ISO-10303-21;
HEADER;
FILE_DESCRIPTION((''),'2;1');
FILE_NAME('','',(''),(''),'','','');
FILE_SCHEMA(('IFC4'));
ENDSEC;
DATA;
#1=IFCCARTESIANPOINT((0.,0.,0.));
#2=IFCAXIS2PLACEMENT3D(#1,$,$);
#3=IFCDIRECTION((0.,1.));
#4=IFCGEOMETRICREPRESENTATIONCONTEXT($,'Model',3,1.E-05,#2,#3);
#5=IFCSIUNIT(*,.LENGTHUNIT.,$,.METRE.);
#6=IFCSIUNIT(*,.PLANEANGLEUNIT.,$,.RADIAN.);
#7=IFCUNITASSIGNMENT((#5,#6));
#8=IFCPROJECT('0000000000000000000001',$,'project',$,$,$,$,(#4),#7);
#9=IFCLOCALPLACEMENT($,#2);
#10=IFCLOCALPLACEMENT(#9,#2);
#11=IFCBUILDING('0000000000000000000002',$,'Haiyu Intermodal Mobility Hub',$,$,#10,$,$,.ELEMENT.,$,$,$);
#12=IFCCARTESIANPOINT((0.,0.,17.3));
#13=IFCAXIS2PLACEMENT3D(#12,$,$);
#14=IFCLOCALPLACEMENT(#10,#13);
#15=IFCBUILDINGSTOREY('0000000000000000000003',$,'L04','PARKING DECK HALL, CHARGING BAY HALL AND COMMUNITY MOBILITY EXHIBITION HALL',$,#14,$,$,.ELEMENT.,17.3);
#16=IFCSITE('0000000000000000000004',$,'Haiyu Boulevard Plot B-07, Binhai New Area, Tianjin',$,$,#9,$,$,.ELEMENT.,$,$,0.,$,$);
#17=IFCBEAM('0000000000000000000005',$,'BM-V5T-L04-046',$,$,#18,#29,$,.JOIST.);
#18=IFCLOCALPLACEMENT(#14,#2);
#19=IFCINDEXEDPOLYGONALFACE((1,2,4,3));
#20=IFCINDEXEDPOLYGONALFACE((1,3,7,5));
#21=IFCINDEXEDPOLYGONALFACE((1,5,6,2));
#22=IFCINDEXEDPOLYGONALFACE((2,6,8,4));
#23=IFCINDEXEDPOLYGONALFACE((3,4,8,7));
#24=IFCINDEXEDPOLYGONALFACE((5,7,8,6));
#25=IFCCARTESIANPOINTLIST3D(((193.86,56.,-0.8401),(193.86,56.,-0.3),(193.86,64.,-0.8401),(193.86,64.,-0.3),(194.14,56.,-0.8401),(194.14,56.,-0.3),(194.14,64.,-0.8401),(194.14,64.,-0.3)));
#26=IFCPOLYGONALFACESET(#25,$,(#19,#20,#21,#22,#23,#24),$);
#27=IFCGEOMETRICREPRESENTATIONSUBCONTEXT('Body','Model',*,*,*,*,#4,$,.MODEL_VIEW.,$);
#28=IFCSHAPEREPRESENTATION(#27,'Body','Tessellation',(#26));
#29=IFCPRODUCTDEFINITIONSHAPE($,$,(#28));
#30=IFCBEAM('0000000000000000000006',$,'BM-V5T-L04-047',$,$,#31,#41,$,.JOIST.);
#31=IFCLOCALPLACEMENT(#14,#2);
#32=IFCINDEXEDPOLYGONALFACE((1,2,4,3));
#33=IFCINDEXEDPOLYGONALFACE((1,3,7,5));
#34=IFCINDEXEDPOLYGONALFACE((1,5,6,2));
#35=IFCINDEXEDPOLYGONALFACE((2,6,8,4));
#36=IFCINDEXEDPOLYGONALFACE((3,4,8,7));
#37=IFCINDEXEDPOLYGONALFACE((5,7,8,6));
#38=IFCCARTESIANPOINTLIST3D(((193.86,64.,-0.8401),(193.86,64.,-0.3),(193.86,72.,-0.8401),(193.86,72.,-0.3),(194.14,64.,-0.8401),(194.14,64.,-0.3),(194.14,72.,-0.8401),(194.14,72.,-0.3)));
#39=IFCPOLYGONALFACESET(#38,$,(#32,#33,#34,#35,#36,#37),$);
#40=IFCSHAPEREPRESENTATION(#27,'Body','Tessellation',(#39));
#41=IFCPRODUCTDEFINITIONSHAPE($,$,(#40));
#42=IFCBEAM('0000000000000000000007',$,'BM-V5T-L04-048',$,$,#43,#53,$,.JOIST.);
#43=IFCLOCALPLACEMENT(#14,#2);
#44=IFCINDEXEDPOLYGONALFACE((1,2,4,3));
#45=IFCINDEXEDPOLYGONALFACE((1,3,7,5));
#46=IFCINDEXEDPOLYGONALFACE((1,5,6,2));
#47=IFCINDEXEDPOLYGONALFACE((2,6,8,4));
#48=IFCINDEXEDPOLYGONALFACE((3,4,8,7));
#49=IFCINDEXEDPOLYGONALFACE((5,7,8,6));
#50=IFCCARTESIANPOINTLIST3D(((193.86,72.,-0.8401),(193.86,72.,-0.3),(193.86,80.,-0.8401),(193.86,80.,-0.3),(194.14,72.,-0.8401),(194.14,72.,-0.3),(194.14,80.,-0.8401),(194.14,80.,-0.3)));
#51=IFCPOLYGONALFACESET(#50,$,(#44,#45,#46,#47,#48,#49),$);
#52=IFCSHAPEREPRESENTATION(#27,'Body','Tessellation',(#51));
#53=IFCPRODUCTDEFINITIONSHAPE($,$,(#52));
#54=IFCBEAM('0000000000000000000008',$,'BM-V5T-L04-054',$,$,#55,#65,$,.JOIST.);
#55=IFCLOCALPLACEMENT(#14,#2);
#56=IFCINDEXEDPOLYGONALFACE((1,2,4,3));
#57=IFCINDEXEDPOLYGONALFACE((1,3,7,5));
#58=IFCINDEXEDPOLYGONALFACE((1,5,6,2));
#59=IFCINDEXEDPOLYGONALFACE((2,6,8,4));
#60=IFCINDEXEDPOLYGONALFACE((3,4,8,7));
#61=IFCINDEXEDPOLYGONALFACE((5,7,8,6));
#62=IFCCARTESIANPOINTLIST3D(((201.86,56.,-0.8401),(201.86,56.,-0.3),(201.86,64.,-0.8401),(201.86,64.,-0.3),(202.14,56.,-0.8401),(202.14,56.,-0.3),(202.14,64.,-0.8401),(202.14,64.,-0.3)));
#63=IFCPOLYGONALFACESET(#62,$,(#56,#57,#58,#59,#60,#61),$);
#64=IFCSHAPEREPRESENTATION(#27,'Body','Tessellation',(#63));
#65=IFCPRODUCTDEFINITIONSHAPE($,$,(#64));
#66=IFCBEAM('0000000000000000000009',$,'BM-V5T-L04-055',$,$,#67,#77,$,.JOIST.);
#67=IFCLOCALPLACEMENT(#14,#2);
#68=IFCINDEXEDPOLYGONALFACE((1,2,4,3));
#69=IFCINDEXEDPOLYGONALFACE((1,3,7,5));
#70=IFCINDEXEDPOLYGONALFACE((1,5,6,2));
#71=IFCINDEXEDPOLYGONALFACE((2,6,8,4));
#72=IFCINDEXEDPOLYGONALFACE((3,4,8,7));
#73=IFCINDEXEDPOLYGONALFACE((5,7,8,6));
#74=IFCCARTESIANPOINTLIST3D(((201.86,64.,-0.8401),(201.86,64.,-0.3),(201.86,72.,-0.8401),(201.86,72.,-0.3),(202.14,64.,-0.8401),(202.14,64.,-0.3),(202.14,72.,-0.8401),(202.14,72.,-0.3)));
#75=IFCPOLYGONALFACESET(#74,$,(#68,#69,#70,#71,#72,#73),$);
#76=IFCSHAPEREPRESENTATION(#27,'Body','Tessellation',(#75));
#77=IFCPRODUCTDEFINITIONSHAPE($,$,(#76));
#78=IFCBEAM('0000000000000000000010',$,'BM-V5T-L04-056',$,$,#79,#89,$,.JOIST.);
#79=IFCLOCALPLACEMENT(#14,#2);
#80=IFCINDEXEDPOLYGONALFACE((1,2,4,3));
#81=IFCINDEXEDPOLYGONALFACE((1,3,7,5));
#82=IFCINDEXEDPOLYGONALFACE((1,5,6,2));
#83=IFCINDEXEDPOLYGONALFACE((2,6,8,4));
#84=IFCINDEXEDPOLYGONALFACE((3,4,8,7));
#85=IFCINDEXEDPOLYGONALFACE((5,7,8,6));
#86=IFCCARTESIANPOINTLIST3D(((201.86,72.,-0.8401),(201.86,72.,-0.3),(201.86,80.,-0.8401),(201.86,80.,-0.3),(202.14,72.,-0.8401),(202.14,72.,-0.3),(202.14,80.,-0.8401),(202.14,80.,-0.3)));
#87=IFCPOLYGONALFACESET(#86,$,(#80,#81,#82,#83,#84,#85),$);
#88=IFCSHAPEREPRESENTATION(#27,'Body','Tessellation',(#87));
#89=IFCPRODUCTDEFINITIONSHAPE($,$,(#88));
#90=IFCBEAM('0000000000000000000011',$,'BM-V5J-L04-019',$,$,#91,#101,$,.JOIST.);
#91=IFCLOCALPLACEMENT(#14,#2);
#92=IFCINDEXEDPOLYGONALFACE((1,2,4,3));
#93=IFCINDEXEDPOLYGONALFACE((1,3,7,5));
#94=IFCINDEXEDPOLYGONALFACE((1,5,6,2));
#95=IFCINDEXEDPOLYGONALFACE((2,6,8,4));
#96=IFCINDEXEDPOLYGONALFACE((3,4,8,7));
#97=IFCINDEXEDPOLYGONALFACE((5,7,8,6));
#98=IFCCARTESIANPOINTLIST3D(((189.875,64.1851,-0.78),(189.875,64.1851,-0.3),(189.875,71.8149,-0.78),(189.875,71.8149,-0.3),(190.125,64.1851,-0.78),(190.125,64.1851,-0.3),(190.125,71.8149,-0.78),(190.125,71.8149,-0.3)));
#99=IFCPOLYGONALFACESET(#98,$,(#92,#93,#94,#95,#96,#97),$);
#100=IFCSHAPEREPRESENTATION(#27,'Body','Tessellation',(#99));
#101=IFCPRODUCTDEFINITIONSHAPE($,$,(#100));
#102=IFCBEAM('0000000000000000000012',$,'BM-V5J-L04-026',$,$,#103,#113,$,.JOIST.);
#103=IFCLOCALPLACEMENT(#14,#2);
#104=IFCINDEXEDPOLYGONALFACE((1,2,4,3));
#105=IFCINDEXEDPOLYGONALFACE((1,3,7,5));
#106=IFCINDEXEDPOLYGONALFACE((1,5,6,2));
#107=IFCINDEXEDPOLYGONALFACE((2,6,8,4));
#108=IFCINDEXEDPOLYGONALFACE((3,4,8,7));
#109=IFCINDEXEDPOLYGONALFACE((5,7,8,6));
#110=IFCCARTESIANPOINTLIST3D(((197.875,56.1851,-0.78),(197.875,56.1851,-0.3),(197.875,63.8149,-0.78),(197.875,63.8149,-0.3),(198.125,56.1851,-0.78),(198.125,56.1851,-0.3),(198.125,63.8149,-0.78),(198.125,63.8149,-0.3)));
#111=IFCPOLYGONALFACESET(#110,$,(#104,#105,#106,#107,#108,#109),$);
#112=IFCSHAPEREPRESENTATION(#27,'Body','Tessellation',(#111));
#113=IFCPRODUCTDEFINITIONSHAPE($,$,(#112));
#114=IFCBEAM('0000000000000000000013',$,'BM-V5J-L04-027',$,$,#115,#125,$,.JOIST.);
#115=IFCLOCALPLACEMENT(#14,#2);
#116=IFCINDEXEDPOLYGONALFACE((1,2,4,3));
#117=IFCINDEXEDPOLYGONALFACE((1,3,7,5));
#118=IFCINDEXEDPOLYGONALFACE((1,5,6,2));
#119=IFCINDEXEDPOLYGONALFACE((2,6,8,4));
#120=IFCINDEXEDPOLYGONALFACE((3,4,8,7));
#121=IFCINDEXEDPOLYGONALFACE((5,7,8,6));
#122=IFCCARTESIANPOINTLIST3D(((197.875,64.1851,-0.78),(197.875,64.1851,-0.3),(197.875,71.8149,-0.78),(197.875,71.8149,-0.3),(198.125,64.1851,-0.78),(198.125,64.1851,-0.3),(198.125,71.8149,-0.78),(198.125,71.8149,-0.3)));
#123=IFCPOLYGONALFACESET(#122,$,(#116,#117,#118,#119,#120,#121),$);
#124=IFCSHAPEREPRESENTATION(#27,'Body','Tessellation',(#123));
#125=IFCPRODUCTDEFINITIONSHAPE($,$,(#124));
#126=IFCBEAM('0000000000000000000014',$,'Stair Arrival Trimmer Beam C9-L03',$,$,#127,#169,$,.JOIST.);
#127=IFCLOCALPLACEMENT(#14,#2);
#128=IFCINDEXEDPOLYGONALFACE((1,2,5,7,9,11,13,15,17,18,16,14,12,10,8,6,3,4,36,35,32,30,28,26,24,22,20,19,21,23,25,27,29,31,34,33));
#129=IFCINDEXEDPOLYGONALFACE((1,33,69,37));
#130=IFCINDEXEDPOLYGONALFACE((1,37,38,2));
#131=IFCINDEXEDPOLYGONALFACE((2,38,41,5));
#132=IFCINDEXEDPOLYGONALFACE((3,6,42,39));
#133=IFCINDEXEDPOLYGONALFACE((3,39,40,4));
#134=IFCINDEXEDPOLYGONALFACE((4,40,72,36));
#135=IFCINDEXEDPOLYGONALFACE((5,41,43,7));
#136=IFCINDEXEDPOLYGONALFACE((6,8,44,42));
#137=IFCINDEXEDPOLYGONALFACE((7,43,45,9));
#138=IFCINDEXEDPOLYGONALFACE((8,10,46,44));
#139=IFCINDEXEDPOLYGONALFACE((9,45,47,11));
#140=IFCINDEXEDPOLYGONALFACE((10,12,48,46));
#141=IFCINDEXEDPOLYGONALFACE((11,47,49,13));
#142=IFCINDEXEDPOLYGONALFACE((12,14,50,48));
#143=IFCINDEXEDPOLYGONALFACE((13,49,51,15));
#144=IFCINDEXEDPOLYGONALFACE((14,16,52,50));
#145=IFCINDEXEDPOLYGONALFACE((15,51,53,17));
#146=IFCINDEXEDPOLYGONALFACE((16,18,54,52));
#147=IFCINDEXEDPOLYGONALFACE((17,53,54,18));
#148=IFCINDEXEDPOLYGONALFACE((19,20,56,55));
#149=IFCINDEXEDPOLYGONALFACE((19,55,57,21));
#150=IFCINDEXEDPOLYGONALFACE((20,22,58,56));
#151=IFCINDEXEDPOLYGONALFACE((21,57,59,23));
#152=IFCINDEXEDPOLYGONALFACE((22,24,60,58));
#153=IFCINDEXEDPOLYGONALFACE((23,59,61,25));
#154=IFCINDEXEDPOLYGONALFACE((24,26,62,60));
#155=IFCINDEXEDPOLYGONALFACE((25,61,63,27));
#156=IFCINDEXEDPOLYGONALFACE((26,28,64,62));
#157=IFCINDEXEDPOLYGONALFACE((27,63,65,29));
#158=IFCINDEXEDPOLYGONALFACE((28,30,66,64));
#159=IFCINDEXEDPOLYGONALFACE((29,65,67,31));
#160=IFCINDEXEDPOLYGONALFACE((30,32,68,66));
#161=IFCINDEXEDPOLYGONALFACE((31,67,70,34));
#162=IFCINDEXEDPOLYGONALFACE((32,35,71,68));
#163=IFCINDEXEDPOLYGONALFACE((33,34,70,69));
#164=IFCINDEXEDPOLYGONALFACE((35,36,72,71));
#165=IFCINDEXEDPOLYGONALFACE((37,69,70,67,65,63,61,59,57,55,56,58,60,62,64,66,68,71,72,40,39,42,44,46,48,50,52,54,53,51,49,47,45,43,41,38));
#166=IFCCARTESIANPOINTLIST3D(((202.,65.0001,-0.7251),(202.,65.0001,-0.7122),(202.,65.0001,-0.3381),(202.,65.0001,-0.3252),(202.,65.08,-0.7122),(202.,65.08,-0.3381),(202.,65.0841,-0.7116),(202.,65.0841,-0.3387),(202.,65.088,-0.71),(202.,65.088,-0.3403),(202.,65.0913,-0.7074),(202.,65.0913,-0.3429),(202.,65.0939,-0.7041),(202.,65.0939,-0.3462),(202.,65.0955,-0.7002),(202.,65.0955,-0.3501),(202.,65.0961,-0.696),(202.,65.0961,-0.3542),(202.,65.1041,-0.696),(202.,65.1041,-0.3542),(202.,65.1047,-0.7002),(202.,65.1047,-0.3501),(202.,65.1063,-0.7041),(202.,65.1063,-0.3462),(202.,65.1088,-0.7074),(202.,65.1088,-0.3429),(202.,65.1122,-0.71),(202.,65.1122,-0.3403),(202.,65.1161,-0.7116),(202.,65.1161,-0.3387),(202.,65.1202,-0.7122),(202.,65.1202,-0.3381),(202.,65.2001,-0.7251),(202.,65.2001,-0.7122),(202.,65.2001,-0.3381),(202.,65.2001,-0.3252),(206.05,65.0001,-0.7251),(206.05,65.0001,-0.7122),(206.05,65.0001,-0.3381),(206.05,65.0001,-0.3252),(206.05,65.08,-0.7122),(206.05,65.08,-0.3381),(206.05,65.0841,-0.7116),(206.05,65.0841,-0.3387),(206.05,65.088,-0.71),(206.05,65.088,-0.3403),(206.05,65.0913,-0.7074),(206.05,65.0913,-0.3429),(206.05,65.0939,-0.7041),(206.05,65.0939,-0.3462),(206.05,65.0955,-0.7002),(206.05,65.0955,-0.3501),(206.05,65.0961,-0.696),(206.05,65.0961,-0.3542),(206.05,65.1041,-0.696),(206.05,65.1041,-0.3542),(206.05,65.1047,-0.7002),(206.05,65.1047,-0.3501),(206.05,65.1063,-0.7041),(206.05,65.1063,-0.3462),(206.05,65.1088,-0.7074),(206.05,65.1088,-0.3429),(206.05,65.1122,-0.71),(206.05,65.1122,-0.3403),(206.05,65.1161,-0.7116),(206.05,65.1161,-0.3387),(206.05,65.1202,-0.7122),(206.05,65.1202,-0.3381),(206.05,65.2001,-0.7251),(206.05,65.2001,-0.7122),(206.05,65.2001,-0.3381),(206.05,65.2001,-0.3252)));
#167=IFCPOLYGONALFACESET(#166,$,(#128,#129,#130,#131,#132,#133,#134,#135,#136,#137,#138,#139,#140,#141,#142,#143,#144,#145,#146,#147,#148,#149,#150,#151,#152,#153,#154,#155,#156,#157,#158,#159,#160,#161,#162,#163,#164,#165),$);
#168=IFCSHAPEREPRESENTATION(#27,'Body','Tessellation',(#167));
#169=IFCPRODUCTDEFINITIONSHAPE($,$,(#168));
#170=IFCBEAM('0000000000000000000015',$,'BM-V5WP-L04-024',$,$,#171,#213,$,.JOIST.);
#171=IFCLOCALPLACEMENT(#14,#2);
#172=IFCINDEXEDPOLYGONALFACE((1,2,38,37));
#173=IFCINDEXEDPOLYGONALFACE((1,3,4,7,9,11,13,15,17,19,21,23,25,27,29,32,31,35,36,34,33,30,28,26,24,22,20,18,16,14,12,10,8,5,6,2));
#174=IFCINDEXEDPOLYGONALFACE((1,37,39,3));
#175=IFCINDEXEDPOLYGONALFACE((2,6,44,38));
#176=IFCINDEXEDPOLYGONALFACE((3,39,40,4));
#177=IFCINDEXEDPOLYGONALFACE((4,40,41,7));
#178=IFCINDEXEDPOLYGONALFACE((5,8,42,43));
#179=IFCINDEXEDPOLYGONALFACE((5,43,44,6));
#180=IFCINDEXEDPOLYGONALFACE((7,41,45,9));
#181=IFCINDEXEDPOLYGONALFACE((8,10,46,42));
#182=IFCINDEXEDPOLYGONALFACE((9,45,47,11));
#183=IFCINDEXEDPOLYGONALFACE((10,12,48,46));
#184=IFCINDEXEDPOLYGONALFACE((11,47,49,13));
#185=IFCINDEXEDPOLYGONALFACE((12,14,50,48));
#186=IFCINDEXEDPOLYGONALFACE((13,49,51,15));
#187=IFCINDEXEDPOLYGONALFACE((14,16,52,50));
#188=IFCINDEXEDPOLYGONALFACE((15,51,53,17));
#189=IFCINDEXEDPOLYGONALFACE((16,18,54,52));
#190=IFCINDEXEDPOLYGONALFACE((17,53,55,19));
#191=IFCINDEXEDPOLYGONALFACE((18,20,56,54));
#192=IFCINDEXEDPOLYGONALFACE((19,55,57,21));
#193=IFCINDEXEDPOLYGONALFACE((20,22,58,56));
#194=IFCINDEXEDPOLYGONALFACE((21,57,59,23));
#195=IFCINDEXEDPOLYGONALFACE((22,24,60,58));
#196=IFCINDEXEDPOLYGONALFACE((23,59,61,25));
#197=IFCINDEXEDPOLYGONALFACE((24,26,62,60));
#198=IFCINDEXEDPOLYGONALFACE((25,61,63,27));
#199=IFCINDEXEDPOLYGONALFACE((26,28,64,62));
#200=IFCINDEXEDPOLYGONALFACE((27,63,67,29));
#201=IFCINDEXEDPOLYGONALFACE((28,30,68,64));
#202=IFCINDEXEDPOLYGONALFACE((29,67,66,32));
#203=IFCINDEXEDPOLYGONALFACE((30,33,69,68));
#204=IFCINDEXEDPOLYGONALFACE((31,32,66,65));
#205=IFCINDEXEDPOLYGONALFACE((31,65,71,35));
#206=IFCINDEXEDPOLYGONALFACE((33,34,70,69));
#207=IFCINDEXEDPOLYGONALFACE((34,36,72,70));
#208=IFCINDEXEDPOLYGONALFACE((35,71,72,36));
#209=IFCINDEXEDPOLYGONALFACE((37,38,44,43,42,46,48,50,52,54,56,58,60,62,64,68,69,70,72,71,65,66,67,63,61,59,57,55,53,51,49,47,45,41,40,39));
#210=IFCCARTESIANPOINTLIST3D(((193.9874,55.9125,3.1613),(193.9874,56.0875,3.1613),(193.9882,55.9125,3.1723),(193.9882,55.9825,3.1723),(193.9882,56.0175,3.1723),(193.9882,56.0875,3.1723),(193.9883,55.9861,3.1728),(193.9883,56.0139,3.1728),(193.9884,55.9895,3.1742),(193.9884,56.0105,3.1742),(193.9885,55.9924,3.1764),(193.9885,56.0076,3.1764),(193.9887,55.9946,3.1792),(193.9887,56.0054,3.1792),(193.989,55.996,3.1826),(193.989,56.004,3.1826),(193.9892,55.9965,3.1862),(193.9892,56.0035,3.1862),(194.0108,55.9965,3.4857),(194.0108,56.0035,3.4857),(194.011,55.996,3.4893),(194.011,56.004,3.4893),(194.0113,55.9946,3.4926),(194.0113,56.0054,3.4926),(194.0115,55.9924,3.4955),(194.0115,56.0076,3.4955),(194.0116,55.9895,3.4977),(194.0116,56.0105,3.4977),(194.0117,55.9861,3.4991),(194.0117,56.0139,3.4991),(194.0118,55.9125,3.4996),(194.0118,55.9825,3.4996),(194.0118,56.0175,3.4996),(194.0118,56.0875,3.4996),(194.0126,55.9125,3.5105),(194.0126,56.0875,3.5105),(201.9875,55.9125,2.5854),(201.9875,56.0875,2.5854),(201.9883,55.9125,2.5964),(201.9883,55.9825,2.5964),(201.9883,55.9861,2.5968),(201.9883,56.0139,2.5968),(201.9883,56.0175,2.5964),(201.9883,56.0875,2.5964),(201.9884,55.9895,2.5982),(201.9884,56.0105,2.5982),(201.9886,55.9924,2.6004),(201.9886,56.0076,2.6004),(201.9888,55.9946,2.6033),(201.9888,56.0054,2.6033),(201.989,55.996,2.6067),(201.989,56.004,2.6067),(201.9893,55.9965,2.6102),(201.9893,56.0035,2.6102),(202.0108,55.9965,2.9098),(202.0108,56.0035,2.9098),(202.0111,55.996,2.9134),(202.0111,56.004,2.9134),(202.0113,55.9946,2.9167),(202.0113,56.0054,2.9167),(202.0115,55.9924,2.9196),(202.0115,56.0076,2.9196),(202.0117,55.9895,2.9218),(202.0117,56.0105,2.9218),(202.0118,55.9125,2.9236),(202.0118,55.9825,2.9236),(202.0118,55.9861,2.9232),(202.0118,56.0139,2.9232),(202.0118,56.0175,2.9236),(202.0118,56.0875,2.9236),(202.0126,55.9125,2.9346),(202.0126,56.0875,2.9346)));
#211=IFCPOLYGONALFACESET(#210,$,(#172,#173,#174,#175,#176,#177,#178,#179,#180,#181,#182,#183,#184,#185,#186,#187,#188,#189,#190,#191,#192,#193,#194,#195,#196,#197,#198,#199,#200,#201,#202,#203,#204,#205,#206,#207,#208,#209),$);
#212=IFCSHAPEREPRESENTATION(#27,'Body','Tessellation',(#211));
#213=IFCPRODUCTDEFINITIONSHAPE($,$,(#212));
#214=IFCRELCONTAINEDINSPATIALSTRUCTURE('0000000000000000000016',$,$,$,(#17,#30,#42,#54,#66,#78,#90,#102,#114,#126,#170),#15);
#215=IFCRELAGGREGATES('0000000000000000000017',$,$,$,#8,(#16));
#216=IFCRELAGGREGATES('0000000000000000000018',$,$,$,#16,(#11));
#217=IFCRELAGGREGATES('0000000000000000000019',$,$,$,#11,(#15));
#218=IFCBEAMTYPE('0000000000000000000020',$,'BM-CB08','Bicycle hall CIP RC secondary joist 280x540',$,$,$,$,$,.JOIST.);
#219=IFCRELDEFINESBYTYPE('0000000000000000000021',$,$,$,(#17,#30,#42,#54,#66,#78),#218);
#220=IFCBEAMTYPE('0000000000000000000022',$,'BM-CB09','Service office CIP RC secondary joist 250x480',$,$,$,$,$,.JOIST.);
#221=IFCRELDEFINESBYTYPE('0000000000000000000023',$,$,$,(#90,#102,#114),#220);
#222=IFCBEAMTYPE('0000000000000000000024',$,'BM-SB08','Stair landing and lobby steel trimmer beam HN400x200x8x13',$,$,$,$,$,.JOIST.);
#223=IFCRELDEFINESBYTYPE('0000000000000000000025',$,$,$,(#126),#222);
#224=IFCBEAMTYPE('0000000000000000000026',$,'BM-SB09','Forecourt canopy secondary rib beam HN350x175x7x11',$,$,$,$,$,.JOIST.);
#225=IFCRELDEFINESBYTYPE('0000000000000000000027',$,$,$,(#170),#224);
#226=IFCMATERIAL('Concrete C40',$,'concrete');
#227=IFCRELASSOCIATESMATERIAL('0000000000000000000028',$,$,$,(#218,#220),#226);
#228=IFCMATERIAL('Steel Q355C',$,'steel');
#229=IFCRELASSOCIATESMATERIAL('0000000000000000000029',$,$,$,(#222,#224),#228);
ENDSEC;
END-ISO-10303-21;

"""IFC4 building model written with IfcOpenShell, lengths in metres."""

from ifc_helpers import new_model, si_unit, direction, frame, origin, origin_2d, place, context, subcontext, project, spatial, rectangle, i_section, extrude, material, material_profile, profile_set, type_object, element, save


model = new_model("IFC4")

# Units and contexts
model_context = context("Model", 3, precision=1e-05, world=origin(), true_north=direction((0.0, 1.0)))
body_context = subcontext(model_context, "Body", "Model", "MODEL_VIEW")
ifc_project = project(units=[si_unit("LENGTHUNIT", "METRE"), si_unit("PLANEANGLEUNIT", "RADIAN")], contexts=[model_context])

# Site, building, storey
site_placement = place(None, origin())
site = spatial("IfcSite", under=ifc_project, at=site_placement, Name="Haiyu Boulevard Plot B-07, Binhai New Area, Tianjin", CompositionType="ELEMENT", RefElevation=0.0)
building_placement = place(site_placement, origin())
building = spatial("IfcBuilding", under=site, at=building_placement, Name="Haiyu Intermodal Mobility Hub", CompositionType="ELEMENT")
storey_placement = place(building_placement, frame((0.0, 0.0, 17.3)))
storey = spatial("IfcBuildingStorey", under=building, at=storey_placement, Name="L04", Description="PARKING DECK HALL, CHARGING BAY HALL AND COMMUNITY MOBILITY EXHIBITION HALL", CompositionType="ELEMENT", Elevation=17.3)

# Shared definitions
ifc_material_1 = material(Name="Steel Q355C", Category="steel")

# Beams
ifc_material_2 = material(Name="Concrete C40", Category="concrete")
ifc_material_profile_1 = material_profile(ifc_material_2, rectangle(XDim=0.28, YDim=0.54, at=origin_2d()), Name="RCB280x540")
ifc_profile_set_1 = profile_set([ifc_material_profile_1], Name="Concrete C40")
beam_type_1 = type_object("IfcBeamType", Name="BM-CB08", Description="Bicycle hall CIP RC secondary joist 280x540", PredefinedType="JOIST", material=ifc_profile_set_1)
for number, where, z_axis, x_axis, name in (
    (1, (194.0, 56.0, -0.5701), (0.0, 1.0, 0.0), (-1.0, 0.0, 0.0), "BM-V5T-L04-046"),
    (2, (194.0, 64.0, -0.5701), (0.0, 1.0, 0.0), (-1.0, 0.0, 0.0), "BM-V5T-L04-047"),
    (3, (194.0, 72.0, -0.5701), (0.0, 1.0, 0.0), (-1.0, 0.0, 0.0), "BM-V5T-L04-048"),
    (4, (202.0, 56.0, -0.5701), (0.0, 1.0, 0.0), (-1.0, 0.0, 0.0), "BM-V5T-L04-054"),
    (5, (202.0, 64.0, -0.5701), (0.0, 1.0, 0.0), (-1.0, 0.0, 0.0), "BM-V5T-L04-055"),
    (6, (202.0, 72.0, -0.5701), (0.0, 1.0, 0.0), (-1.0, 0.0, 0.0), "BM-V5T-L04-056"),
):
    element("IfcBeam", number, at=place(storey_placement, frame(where, z_axis=z_axis, x_axis=x_axis)), inside=storey, type_object=beam_type_1, Name=name, PredefinedType="JOIST", context=body_context, shape_type="SweptSolid", body=[
        extrude(rectangle(XDim=0.28, YDim=0.54, at=origin_2d()), origin(), (0.0, 0.0, 1.0), 8.0),
    ])
ifc_material_profile_2 = material_profile(ifc_material_2, rectangle(XDim=0.25, YDim=0.48, at=origin_2d()), Name="RCB250x480")
ifc_profile_set_2 = profile_set([ifc_material_profile_2], Name="Concrete C40")
beam_type_2 = type_object("IfcBeamType", Name="BM-CB09", Description="Service office CIP RC secondary joist 250x480", PredefinedType="JOIST", material=ifc_profile_set_2)
for number, where, z_axis, x_axis, name in (
    (7, (190.0, 64.1851, -0.54), (0.0, 1.0, 0.0), (-1.0, 0.0, 0.0), "BM-V5J-L04-019"),
    (8, (198.0, 56.1851, -0.54), (0.0, 1.0, 0.0), (-1.0, 0.0, 0.0), "BM-V5J-L04-026"),
    (9, (198.0, 64.1851, -0.54), (0.0, 1.0, 0.0), (-1.0, 0.0, 0.0), "BM-V5J-L04-027"),
):
    element("IfcBeam", number, at=place(storey_placement, frame(where, z_axis=z_axis, x_axis=x_axis)), inside=storey, type_object=beam_type_2, Name=name, PredefinedType="JOIST", context=body_context, shape_type="SweptSolid", body=[
        extrude(rectangle(XDim=0.25, YDim=0.48, at=origin_2d()), origin(), (0.0, 0.0, 1.0), 7.6299),
    ])
ifc_material_profile_3 = material_profile(ifc_material_1, i_section(OverallWidth=0.2, OverallDepth=0.3999, WebThickness=0.0081, FlangeThickness=0.0129, FilletRadius=0.0161, at=origin_2d()), Name="HN400x200x8x13")
ifc_profile_set_3 = profile_set([ifc_material_profile_3], Name="Steel Q355C")
beam_type_3 = type_object("IfcBeamType", Name="BM-SB08", Description="Stair landing and lobby steel trimmer beam HN400x200x8x13", PredefinedType="JOIST", material=ifc_profile_set_3)
beam_1_placement = place(storey_placement, frame((202.0, 65.1001, -0.5251), z_axis=(1.0, 0.0, 0.0), x_axis=(0.0, 1.0, 0.0)))
element("IfcBeam", 10, at=beam_1_placement, inside=storey, type_object=beam_type_3, Name="Stair Arrival Trimmer Beam C9-L03", PredefinedType="JOIST", context=body_context, shape_type="SweptSolid", body=[
    extrude(i_section(OverallWidth=0.2, OverallDepth=0.3999, WebThickness=0.0081, FlangeThickness=0.0129, FilletRadius=0.0161, at=origin_2d()), origin(), (0.0, 0.0, 1.0), 4.05),
])
ifc_material_profile_4 = material_profile(ifc_material_1, i_section(OverallWidth=0.175, OverallDepth=0.3501, WebThickness=0.0071, FlangeThickness=0.011, FilletRadius=0.0139, at=origin_2d()), Name="HN350x175x7x11")
ifc_profile_set_4 = profile_set([ifc_material_profile_4], Name="Steel Q355C")
beam_type_4 = type_object("IfcBeamType", Name="BM-SB09", Description="Forecourt canopy secondary rib beam HN350x175x7x11", PredefinedType="JOIST", material=ifc_profile_set_4)
beam_2_placement = place(storey_placement, frame((194.0, 56.0, 3.3359), z_axis=(0.997419, 0.0, -0.071805), x_axis=(0.0, 1.0, 0.0)))
element("IfcBeam", 11, at=beam_2_placement, inside=storey, type_object=beam_type_4, Name="BM-V5WP-L04-024", PredefinedType="JOIST", context=body_context, shape_type="SweptSolid", body=[
    extrude(i_section(OverallWidth=0.175, OverallDepth=0.3501, WebThickness=0.0071, FlangeThickness=0.011, FilletRadius=0.0139, at=origin_2d()), origin(), (0.0, 0.0, 1.0), 8.0208),
])

save(model, "model.ifc")
